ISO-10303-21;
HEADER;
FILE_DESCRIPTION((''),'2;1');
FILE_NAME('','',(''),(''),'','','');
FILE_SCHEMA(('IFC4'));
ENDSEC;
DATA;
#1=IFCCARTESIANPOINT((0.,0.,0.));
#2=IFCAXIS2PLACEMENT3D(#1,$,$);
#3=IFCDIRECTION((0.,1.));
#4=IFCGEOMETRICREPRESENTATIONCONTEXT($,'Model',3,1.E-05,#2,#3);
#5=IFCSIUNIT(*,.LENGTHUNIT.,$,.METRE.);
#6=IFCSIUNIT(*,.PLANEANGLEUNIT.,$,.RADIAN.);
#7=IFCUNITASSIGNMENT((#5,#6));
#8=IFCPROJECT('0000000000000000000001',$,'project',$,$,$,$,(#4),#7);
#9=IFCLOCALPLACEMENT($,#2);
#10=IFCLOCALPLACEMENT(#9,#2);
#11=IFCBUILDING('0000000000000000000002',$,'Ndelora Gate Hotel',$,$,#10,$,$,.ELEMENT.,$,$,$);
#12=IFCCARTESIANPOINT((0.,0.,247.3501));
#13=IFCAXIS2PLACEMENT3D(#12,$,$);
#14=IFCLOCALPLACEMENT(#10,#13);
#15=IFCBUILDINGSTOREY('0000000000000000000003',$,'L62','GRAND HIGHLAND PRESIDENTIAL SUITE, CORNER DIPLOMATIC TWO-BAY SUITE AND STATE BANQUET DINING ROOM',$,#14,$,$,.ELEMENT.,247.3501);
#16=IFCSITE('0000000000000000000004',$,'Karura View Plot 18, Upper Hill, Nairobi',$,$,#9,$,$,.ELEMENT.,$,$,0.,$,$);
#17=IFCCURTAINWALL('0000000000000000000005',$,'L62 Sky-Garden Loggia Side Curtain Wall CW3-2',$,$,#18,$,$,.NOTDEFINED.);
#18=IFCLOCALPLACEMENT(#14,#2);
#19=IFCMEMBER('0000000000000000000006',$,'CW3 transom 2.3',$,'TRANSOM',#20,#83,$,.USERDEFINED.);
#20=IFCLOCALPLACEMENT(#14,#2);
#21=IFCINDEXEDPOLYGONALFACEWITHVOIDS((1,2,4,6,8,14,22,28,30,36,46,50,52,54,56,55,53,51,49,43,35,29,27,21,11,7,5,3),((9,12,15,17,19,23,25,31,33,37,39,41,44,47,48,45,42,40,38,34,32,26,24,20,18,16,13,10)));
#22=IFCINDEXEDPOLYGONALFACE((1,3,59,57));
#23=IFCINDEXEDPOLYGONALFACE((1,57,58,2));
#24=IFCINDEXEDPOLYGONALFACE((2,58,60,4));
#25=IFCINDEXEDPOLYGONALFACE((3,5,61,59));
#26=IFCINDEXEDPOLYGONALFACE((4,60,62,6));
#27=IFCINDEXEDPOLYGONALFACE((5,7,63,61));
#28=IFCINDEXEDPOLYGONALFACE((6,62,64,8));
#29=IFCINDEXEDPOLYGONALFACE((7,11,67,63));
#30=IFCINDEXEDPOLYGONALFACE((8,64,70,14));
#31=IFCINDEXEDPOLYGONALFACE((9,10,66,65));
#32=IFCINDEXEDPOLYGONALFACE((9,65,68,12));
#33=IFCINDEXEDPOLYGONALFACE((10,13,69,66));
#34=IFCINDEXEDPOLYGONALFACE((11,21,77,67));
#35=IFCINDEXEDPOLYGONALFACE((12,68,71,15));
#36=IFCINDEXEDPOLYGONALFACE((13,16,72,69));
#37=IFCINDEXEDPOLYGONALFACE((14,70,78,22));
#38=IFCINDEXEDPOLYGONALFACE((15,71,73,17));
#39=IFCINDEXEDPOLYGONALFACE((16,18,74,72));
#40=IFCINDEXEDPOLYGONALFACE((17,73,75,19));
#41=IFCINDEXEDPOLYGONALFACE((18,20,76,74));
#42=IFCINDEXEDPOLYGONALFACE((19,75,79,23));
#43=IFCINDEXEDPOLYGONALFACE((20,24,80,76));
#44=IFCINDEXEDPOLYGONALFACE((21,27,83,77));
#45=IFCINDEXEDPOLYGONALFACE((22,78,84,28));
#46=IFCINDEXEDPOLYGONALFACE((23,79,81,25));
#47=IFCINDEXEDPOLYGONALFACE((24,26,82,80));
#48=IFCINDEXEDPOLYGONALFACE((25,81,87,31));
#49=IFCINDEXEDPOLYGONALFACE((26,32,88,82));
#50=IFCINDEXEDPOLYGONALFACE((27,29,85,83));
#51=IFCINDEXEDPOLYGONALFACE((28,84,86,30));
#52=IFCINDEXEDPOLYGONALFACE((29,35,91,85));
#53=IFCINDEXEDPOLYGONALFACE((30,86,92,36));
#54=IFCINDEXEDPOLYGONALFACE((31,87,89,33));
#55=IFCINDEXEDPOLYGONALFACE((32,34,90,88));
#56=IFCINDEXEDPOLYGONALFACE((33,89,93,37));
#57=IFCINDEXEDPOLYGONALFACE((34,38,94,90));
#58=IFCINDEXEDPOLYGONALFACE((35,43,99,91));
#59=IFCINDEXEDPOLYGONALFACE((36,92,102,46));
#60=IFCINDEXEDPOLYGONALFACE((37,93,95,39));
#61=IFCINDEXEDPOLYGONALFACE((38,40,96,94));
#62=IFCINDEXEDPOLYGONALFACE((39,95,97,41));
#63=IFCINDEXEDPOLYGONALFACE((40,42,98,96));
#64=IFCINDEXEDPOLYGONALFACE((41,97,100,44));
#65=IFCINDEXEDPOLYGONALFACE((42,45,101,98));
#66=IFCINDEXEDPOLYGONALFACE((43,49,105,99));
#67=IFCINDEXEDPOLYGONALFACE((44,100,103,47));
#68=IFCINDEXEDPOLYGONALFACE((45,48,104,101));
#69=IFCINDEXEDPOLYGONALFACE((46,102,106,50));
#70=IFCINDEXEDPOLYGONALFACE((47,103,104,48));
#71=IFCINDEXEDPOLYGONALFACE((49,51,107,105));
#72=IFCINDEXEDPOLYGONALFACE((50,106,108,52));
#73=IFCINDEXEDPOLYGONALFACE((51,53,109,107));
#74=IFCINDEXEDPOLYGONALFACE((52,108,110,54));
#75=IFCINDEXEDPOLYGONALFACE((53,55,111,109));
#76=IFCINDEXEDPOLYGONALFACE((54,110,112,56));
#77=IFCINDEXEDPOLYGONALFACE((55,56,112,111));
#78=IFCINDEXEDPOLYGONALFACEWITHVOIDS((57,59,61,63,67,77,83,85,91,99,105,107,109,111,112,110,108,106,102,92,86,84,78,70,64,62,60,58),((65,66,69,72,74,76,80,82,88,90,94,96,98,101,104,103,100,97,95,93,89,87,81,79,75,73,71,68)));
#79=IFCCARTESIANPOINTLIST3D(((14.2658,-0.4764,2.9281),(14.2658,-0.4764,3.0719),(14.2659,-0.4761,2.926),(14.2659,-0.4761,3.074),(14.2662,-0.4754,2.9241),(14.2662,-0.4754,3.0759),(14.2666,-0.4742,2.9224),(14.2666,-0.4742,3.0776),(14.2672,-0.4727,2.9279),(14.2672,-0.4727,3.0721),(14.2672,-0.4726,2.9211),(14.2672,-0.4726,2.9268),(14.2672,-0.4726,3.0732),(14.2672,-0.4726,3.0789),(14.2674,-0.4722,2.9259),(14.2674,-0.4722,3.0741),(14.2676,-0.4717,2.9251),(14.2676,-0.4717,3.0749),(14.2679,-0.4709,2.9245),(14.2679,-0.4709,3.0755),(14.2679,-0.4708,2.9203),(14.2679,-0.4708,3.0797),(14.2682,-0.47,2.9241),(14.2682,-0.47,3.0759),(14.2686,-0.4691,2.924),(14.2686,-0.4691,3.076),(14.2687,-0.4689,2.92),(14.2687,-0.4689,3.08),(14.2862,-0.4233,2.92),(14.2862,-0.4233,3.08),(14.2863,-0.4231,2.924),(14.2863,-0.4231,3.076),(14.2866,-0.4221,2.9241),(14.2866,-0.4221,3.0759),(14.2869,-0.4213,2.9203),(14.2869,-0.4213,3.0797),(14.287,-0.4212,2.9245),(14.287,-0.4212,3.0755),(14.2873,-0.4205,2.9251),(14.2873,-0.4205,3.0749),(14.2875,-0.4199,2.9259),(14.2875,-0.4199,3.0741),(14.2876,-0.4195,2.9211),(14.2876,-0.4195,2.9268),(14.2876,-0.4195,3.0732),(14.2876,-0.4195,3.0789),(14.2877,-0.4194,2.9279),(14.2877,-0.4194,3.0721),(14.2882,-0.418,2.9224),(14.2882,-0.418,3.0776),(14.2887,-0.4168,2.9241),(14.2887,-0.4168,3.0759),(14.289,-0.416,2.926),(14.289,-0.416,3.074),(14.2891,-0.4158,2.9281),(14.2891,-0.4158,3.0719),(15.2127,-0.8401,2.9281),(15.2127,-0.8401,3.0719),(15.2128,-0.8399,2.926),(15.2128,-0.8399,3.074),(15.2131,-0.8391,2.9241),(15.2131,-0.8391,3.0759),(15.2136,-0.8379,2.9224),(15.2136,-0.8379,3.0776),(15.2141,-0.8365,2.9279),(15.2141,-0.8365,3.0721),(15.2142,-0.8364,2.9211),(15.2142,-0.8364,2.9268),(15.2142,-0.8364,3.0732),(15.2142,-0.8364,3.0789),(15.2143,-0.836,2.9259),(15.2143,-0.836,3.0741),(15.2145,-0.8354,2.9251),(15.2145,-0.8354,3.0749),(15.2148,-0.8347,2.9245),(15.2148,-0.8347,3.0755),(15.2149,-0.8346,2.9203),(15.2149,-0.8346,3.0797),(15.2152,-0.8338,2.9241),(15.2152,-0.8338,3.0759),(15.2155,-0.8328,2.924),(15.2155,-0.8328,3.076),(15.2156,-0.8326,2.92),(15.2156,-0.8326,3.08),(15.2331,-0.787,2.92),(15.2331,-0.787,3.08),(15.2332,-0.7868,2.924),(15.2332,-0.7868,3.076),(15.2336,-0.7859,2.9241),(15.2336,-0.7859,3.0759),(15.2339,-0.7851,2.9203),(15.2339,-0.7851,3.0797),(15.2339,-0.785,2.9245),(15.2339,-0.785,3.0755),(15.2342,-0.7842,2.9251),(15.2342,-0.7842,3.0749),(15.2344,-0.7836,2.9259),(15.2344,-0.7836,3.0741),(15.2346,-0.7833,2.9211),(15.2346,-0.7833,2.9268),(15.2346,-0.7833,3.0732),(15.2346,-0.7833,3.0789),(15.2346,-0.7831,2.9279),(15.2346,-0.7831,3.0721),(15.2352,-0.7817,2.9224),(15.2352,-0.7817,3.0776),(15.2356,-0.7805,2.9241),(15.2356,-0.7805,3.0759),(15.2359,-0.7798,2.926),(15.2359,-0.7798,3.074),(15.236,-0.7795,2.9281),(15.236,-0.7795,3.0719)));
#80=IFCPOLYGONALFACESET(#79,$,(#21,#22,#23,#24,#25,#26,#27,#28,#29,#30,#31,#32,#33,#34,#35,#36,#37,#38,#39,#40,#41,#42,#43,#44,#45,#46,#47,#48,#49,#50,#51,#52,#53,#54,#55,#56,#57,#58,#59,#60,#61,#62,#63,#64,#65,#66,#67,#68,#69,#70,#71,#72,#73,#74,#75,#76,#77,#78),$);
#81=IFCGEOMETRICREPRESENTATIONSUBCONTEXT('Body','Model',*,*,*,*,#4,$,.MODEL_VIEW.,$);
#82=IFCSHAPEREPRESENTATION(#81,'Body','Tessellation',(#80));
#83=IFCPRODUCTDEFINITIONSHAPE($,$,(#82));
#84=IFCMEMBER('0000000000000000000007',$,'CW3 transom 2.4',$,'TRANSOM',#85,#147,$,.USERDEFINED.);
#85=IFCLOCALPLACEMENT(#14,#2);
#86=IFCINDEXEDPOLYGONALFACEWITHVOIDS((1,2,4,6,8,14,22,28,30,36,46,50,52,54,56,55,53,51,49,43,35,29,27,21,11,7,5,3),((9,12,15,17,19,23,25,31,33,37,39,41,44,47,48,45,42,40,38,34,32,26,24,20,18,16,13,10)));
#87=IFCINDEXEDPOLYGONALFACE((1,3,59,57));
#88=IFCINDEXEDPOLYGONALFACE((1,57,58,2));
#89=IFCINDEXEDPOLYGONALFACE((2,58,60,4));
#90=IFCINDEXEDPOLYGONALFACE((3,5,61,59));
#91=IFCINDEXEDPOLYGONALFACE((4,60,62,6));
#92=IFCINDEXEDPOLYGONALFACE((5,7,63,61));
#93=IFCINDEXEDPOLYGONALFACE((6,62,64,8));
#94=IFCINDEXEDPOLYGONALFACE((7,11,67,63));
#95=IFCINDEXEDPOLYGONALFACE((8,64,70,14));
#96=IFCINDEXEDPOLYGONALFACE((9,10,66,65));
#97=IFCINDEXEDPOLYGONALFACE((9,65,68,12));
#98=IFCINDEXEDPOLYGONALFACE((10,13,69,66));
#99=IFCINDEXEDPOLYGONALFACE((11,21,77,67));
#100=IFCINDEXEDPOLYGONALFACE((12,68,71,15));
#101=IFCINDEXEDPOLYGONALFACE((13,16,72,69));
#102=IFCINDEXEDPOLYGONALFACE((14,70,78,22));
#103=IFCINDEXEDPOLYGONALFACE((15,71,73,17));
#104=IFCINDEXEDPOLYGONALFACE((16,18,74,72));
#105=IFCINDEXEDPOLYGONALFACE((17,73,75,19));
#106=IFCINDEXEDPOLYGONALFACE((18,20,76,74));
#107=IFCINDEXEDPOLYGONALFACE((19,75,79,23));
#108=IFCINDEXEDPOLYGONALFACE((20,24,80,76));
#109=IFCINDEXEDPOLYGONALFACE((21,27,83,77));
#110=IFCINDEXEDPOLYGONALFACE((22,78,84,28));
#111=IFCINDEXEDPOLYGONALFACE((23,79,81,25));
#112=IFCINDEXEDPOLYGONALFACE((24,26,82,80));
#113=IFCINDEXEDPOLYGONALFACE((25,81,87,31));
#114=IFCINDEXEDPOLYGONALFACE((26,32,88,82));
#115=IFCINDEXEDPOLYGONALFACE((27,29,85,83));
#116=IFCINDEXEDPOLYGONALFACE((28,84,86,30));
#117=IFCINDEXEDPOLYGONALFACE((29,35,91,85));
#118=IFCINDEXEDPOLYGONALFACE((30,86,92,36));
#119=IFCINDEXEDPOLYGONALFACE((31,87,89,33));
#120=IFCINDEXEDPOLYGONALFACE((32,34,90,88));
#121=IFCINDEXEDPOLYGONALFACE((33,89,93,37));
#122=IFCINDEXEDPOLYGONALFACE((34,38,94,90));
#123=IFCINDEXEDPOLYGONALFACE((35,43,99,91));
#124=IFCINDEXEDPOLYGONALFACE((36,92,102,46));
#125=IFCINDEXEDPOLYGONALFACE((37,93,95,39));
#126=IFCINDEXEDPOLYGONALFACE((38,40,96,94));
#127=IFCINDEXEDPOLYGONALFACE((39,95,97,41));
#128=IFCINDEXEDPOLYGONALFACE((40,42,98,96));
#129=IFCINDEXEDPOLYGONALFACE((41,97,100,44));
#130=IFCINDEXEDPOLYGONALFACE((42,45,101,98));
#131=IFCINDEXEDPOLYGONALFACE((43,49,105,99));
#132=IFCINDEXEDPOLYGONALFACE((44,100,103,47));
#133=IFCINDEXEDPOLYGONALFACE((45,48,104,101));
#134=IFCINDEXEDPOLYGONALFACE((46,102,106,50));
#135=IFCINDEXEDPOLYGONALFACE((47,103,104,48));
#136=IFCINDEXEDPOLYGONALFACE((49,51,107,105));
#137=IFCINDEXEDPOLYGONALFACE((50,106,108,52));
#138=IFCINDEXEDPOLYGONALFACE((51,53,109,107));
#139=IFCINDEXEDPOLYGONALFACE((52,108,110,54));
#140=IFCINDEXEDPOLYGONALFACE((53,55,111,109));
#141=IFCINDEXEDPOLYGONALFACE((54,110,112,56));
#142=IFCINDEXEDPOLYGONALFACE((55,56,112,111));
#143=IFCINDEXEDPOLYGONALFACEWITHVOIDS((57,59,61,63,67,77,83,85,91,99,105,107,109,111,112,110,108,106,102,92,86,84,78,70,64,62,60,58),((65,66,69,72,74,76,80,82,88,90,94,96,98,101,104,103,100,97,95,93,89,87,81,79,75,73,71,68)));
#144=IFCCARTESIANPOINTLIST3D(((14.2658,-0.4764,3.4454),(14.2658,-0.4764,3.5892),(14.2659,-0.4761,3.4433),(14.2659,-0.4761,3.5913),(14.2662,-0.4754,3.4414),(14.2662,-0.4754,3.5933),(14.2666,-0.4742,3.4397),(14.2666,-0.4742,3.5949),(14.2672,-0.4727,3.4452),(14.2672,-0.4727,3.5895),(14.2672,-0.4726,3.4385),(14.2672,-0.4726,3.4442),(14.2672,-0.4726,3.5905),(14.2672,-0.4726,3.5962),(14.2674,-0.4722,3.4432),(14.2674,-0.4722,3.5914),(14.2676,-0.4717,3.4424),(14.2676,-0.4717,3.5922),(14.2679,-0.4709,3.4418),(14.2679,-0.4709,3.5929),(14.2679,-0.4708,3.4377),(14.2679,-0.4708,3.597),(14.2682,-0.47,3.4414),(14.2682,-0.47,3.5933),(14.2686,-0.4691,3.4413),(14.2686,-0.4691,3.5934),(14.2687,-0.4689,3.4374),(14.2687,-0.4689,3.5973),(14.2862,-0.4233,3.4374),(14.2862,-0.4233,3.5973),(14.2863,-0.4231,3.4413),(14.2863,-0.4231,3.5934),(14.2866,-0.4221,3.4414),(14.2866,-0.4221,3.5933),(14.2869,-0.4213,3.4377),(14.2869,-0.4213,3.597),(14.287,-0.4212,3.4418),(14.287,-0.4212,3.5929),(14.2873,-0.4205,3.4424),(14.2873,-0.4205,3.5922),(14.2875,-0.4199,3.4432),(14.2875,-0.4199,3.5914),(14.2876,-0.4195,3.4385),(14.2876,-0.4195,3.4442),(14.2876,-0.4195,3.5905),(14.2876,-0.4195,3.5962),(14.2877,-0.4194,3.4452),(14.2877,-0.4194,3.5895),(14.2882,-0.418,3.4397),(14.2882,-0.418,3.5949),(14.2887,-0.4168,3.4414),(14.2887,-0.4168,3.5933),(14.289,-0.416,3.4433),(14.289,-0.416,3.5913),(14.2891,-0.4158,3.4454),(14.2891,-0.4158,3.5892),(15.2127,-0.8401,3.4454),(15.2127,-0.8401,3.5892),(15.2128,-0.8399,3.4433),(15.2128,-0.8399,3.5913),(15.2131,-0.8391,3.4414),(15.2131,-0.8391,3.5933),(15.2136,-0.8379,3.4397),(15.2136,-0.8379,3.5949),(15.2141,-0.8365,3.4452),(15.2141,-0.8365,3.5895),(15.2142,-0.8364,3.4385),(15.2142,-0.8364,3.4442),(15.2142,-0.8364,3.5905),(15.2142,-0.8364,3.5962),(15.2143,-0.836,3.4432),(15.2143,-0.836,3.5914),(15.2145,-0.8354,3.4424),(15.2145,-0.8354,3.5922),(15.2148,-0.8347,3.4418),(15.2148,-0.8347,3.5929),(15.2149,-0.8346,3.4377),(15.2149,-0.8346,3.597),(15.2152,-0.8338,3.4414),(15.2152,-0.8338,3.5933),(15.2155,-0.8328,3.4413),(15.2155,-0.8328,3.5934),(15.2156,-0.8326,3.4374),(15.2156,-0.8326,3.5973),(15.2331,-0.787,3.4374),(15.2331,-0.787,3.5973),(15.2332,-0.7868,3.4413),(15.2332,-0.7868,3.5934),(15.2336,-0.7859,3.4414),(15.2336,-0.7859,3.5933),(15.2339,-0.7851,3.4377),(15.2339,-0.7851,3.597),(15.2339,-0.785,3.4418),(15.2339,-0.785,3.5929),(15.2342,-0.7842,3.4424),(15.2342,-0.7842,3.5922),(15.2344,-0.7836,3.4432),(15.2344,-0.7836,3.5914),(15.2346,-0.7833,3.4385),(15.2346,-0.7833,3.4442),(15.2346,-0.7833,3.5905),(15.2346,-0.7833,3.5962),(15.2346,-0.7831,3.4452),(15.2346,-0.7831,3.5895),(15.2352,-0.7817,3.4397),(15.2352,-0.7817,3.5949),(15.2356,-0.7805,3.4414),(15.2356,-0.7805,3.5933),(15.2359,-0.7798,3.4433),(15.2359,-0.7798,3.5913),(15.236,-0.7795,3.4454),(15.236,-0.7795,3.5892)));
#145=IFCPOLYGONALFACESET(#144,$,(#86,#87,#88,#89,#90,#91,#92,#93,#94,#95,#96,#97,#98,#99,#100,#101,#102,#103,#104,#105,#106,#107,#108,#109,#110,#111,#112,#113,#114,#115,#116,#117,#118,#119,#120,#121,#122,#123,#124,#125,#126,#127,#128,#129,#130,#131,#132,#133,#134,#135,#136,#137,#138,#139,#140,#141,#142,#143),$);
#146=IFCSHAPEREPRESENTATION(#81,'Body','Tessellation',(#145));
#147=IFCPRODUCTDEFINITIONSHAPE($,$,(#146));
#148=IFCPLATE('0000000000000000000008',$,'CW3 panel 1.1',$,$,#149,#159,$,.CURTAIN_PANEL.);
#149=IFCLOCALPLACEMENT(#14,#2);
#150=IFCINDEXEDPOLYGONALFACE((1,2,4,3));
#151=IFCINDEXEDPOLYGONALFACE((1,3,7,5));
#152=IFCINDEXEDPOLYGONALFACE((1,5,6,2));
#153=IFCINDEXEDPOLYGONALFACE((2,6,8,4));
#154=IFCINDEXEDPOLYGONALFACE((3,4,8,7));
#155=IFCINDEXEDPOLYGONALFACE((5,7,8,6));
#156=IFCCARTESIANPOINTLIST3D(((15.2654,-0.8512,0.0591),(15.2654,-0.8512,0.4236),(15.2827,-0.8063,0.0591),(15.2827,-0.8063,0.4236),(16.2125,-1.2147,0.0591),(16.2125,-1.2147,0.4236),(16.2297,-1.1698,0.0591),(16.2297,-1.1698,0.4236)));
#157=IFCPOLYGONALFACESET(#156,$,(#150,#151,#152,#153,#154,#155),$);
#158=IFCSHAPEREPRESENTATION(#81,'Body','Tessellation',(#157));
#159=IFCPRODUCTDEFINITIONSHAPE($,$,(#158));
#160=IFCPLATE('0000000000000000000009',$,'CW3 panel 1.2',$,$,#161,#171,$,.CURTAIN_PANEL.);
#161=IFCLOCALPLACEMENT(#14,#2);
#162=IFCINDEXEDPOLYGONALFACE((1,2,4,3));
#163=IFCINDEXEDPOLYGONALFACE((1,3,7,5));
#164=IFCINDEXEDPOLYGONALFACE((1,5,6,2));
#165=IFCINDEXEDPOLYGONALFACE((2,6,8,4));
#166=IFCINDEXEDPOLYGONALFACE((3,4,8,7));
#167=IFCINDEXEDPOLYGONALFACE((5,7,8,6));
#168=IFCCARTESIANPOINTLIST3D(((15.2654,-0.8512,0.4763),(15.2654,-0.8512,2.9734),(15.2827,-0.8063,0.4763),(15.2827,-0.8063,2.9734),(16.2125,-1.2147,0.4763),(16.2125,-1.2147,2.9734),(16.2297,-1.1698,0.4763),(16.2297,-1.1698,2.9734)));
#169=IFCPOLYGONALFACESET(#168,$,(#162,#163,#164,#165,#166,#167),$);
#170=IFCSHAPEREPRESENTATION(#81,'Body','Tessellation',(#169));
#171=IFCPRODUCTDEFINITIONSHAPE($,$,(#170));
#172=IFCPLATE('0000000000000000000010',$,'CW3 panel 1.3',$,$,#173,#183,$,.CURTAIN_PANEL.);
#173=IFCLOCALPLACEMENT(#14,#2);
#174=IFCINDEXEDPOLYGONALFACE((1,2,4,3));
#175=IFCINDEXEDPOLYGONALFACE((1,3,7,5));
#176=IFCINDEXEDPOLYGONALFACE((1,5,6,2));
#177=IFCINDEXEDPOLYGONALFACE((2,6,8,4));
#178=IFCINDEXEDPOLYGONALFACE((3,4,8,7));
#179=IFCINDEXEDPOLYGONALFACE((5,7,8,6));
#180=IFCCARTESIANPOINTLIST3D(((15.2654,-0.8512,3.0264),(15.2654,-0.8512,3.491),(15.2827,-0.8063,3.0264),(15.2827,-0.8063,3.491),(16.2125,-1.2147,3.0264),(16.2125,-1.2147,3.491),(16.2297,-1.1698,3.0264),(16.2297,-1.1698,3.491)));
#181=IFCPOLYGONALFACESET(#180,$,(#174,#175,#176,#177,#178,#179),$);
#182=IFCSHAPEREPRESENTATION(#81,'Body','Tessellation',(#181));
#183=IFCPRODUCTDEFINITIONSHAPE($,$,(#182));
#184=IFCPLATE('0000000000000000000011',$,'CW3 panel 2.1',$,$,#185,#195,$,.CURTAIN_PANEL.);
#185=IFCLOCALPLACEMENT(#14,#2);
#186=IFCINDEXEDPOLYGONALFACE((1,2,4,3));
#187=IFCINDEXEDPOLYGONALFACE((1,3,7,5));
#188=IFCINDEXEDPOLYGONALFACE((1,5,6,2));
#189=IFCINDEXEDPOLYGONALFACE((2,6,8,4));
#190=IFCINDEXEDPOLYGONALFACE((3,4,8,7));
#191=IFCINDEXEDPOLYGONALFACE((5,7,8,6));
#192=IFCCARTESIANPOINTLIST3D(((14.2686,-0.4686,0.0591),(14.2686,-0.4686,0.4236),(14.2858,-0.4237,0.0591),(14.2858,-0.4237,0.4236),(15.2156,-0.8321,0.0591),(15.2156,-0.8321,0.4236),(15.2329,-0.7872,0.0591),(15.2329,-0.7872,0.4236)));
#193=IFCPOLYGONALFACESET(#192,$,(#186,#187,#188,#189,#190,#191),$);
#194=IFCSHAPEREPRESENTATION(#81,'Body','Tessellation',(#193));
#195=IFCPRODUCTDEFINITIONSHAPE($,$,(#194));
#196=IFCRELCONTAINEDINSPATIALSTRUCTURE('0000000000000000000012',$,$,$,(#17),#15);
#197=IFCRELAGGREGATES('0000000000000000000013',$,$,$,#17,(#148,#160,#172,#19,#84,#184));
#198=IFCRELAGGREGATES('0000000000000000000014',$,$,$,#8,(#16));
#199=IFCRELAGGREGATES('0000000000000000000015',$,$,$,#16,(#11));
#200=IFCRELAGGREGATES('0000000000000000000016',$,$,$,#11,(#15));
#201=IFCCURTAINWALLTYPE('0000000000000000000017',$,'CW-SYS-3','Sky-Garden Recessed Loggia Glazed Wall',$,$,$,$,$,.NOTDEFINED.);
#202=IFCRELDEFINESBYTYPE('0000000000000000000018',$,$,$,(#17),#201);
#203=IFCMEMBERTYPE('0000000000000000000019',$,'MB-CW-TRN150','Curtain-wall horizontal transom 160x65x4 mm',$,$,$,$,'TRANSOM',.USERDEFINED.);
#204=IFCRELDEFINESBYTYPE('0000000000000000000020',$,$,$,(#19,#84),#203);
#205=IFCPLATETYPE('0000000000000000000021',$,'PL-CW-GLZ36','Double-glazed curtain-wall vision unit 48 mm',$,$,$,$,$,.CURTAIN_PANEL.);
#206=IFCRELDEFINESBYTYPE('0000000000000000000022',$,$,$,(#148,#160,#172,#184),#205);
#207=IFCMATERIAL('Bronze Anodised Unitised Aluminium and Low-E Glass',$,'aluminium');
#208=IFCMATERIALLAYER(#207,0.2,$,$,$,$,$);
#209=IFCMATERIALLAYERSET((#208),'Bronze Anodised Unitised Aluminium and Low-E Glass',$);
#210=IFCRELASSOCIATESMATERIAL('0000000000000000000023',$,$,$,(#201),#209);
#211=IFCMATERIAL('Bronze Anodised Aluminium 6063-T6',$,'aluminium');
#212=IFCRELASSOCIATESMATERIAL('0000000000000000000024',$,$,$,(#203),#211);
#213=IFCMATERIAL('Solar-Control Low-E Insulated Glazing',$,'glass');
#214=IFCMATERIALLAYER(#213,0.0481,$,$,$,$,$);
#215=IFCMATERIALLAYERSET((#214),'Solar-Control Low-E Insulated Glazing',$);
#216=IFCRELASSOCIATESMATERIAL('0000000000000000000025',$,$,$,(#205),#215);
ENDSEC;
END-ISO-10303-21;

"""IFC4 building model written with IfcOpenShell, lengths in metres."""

from ifc_helpers import new_model, si_unit, direction, frame, origin, origin_2d, place, context, subcontext, project, spatial, rectangle, hollow_rectangle, extrude, material, layer, layer_set, material_profile, profile_set, type_object, element, aggregate, save


model = new_model("IFC4")

# Units and contexts
model_context = context("Model", 3, precision=1e-05, world=origin(), true_north=direction((0.0, 1.0)))
body_context = subcontext(model_context, "Body", "Model", "MODEL_VIEW")
ifc_project = project(units=[si_unit("LENGTHUNIT", "METRE"), si_unit("PLANEANGLEUNIT", "RADIAN")], contexts=[model_context])

# Site, building, storey
site_placement = place(None, origin())
site = spatial("IfcSite", under=ifc_project, at=site_placement, Name="Karura View Plot 18, Upper Hill, Nairobi", CompositionType="ELEMENT", RefElevation=0.0)
building_placement = place(site_placement, origin())
building = spatial("IfcBuilding", under=site, at=building_placement, Name="Ndelora Gate Hotel", CompositionType="ELEMENT")
storey_placement = place(building_placement, frame((0.0, 0.0, 247.3501)))
storey = spatial("IfcBuildingStorey", under=building, at=storey_placement, Name="L62", Description="GRAND HIGHLAND PRESIDENTIAL SUITE, CORNER DIPLOMATIC TWO-BAY SUITE AND STATE BANQUET DINING ROOM", CompositionType="ELEMENT", Elevation=247.3501)

# Curtain wall, members, plates
ifc_material_1 = material(Name="Bronze Anodised Unitised Aluminium and Low-E Glass", Category="aluminium")
ifc_layer_1 = layer(ifc_material_1, 0.2)
ifc_layer_set_1 = layer_set([ifc_layer_1], Name="Bronze Anodised Unitised Aluminium and Low-E Glass")
curtain_wall_type = type_object("IfcCurtainWallType", Name="CW-SYS-3", Description="Sky-Garden Recessed Loggia Glazed Wall", PredefinedType="NOTDEFINED", material=ifc_layer_set_1)
curtain_wall_placement = place(storey_placement, origin())
curtain_wall = element("IfcCurtainWall", 1, at=curtain_wall_placement, inside=storey, type_object=curtain_wall_type, Name="L62 Sky-Garden Loggia Side Curtain Wall CW3-2", PredefinedType="NOTDEFINED")
ifc_material_2 = material(Name="Bronze Anodised Aluminium 6063-T6", Category="aluminium")
ifc_material_profile_1 = material_profile(ifc_material_2, hollow_rectangle(XDim=0.0649, YDim=0.1599, WallThickness=0.0039, InnerFilletRadius=0.0039, OuterFilletRadius=0.0081, at=origin_2d()), Name="ALU 160x65x4")
ifc_profile_set_1 = profile_set([ifc_material_profile_1], Name="Bronze Anodised Aluminium 6063-T6")
member_type_1 = type_object("IfcMemberType", Name="MB-CW-TRN150", Description="Curtain-wall horizontal transom 160x65x4 mm", ElementType="TRANSOM", PredefinedType="USERDEFINED", material=ifc_profile_set_1)
member_1_placement = place(storey_placement, frame((15.2244, -0.8098, 3.0), z_axis=(-0.933501, 0.358576, 0.0), x_axis=(-0.358576, -0.933501, 0.0)))
member_1 = element("IfcMember", 2, at=member_1_placement, type_object=member_type_1, Name="CW3 transom 2.3", ObjectType="TRANSOM", PredefinedType="USERDEFINED", context=body_context, shape_type="SweptSolid", body=[
    extrude(hollow_rectangle(XDim=0.0649, YDim=0.1599, WallThickness=0.0039, InnerFilletRadius=0.0039, OuterFilletRadius=0.0081, at=origin_2d()), origin(), (0.0, 0.0, 1.0), 1.0144),
])
member_2_placement = place(storey_placement, frame((15.2244, -0.8098, 3.5173), z_axis=(-0.933501, 0.358576, 0.0), x_axis=(-0.358576, -0.933501, 0.0)))
member_2 = element("IfcMember", 3, at=member_2_placement, type_object=member_type_1, Name="CW3 transom 2.4", ObjectType="TRANSOM", PredefinedType="USERDEFINED", context=body_context, shape_type="SweptSolid", body=[
    extrude(hollow_rectangle(XDim=0.0649, YDim=0.1599, WallThickness=0.0039, InnerFilletRadius=0.0039, OuterFilletRadius=0.0081, at=origin_2d()), origin(), (0.0, 0.0, 1.0), 1.0144),
])
ifc_material_3 = material(Name="Solar-Control Low-E Insulated Glazing", Category="glass")
ifc_layer_2 = layer(ifc_material_3, 0.0481)
ifc_layer_set_2 = layer_set([ifc_layer_2], Name="Solar-Control Low-E Insulated Glazing")
plate_type = type_object("IfcPlateType", Name="PL-CW-GLZ36", Description="Double-glazed curtain-wall vision unit 48 mm", PredefinedType="CURTAIN_PANEL", material=ifc_layer_set_2)
plate_1_placement = place(storey_placement, frame((15.7476, -1.0105, 0.0591), z_axis=(0.0, 0.0, 1.0), x_axis=(-0.933583, 0.358361, 0.0)))
plate_1 = element("IfcPlate", 4, at=plate_1_placement, type_object=plate_type, Name="CW3 panel 1.1", PredefinedType="CURTAIN_PANEL", context=body_context, shape_type="SweptSolid", body=[
    extrude(rectangle(XDim=1.0144, YDim=0.0481, at=origin_2d()), origin(), (0.0, 0.0, 1.0), 0.3645),
])
plate_2_placement = place(storey_placement, frame((15.7476, -1.0105, 0.4763), z_axis=(0.0, 0.0, 1.0), x_axis=(-0.933583, 0.358361, 0.0)))
plate_2 = element("IfcPlate", 5, at=plate_2_placement, type_object=plate_type, Name="CW3 panel 1.2", PredefinedType="CURTAIN_PANEL", context=body_context, shape_type="SweptSolid", body=[
    extrude(rectangle(XDim=1.0144, YDim=0.0481, at=origin_2d()), origin(), (0.0, 0.0, 1.0), 2.4971),
])
plate_3_placement = place(storey_placement, frame((15.7476, -1.0105, 3.0264), z_axis=(0.0, 0.0, 1.0), x_axis=(-0.933583, 0.358361, 0.0)))
plate_3 = element("IfcPlate", 6, at=plate_3_placement, type_object=plate_type, Name="CW3 panel 1.3", PredefinedType="CURTAIN_PANEL", context=body_context, shape_type="SweptSolid", body=[
    extrude(rectangle(XDim=1.0144, YDim=0.0481, at=origin_2d()), origin(), (0.0, 0.0, 1.0), 0.4646),
])
plate_4_placement = place(storey_placement, frame((14.7507, -0.6279, 0.0591), z_axis=(0.0, 0.0, 1.0), x_axis=(-0.933583, 0.358361, 0.0)))
plate_4 = element("IfcPlate", 7, at=plate_4_placement, type_object=plate_type, Name="CW3 panel 2.1", PredefinedType="CURTAIN_PANEL", context=body_context, shape_type="SweptSolid", body=[
    extrude(rectangle(XDim=1.0144, YDim=0.0481, at=origin_2d()), origin(), (0.0, 0.0, 1.0), 0.3645),
])
aggregate(curtain_wall, [plate_1, plate_2, plate_3, member_1, member_2, plate_4])

save(model, "model.ifc")
